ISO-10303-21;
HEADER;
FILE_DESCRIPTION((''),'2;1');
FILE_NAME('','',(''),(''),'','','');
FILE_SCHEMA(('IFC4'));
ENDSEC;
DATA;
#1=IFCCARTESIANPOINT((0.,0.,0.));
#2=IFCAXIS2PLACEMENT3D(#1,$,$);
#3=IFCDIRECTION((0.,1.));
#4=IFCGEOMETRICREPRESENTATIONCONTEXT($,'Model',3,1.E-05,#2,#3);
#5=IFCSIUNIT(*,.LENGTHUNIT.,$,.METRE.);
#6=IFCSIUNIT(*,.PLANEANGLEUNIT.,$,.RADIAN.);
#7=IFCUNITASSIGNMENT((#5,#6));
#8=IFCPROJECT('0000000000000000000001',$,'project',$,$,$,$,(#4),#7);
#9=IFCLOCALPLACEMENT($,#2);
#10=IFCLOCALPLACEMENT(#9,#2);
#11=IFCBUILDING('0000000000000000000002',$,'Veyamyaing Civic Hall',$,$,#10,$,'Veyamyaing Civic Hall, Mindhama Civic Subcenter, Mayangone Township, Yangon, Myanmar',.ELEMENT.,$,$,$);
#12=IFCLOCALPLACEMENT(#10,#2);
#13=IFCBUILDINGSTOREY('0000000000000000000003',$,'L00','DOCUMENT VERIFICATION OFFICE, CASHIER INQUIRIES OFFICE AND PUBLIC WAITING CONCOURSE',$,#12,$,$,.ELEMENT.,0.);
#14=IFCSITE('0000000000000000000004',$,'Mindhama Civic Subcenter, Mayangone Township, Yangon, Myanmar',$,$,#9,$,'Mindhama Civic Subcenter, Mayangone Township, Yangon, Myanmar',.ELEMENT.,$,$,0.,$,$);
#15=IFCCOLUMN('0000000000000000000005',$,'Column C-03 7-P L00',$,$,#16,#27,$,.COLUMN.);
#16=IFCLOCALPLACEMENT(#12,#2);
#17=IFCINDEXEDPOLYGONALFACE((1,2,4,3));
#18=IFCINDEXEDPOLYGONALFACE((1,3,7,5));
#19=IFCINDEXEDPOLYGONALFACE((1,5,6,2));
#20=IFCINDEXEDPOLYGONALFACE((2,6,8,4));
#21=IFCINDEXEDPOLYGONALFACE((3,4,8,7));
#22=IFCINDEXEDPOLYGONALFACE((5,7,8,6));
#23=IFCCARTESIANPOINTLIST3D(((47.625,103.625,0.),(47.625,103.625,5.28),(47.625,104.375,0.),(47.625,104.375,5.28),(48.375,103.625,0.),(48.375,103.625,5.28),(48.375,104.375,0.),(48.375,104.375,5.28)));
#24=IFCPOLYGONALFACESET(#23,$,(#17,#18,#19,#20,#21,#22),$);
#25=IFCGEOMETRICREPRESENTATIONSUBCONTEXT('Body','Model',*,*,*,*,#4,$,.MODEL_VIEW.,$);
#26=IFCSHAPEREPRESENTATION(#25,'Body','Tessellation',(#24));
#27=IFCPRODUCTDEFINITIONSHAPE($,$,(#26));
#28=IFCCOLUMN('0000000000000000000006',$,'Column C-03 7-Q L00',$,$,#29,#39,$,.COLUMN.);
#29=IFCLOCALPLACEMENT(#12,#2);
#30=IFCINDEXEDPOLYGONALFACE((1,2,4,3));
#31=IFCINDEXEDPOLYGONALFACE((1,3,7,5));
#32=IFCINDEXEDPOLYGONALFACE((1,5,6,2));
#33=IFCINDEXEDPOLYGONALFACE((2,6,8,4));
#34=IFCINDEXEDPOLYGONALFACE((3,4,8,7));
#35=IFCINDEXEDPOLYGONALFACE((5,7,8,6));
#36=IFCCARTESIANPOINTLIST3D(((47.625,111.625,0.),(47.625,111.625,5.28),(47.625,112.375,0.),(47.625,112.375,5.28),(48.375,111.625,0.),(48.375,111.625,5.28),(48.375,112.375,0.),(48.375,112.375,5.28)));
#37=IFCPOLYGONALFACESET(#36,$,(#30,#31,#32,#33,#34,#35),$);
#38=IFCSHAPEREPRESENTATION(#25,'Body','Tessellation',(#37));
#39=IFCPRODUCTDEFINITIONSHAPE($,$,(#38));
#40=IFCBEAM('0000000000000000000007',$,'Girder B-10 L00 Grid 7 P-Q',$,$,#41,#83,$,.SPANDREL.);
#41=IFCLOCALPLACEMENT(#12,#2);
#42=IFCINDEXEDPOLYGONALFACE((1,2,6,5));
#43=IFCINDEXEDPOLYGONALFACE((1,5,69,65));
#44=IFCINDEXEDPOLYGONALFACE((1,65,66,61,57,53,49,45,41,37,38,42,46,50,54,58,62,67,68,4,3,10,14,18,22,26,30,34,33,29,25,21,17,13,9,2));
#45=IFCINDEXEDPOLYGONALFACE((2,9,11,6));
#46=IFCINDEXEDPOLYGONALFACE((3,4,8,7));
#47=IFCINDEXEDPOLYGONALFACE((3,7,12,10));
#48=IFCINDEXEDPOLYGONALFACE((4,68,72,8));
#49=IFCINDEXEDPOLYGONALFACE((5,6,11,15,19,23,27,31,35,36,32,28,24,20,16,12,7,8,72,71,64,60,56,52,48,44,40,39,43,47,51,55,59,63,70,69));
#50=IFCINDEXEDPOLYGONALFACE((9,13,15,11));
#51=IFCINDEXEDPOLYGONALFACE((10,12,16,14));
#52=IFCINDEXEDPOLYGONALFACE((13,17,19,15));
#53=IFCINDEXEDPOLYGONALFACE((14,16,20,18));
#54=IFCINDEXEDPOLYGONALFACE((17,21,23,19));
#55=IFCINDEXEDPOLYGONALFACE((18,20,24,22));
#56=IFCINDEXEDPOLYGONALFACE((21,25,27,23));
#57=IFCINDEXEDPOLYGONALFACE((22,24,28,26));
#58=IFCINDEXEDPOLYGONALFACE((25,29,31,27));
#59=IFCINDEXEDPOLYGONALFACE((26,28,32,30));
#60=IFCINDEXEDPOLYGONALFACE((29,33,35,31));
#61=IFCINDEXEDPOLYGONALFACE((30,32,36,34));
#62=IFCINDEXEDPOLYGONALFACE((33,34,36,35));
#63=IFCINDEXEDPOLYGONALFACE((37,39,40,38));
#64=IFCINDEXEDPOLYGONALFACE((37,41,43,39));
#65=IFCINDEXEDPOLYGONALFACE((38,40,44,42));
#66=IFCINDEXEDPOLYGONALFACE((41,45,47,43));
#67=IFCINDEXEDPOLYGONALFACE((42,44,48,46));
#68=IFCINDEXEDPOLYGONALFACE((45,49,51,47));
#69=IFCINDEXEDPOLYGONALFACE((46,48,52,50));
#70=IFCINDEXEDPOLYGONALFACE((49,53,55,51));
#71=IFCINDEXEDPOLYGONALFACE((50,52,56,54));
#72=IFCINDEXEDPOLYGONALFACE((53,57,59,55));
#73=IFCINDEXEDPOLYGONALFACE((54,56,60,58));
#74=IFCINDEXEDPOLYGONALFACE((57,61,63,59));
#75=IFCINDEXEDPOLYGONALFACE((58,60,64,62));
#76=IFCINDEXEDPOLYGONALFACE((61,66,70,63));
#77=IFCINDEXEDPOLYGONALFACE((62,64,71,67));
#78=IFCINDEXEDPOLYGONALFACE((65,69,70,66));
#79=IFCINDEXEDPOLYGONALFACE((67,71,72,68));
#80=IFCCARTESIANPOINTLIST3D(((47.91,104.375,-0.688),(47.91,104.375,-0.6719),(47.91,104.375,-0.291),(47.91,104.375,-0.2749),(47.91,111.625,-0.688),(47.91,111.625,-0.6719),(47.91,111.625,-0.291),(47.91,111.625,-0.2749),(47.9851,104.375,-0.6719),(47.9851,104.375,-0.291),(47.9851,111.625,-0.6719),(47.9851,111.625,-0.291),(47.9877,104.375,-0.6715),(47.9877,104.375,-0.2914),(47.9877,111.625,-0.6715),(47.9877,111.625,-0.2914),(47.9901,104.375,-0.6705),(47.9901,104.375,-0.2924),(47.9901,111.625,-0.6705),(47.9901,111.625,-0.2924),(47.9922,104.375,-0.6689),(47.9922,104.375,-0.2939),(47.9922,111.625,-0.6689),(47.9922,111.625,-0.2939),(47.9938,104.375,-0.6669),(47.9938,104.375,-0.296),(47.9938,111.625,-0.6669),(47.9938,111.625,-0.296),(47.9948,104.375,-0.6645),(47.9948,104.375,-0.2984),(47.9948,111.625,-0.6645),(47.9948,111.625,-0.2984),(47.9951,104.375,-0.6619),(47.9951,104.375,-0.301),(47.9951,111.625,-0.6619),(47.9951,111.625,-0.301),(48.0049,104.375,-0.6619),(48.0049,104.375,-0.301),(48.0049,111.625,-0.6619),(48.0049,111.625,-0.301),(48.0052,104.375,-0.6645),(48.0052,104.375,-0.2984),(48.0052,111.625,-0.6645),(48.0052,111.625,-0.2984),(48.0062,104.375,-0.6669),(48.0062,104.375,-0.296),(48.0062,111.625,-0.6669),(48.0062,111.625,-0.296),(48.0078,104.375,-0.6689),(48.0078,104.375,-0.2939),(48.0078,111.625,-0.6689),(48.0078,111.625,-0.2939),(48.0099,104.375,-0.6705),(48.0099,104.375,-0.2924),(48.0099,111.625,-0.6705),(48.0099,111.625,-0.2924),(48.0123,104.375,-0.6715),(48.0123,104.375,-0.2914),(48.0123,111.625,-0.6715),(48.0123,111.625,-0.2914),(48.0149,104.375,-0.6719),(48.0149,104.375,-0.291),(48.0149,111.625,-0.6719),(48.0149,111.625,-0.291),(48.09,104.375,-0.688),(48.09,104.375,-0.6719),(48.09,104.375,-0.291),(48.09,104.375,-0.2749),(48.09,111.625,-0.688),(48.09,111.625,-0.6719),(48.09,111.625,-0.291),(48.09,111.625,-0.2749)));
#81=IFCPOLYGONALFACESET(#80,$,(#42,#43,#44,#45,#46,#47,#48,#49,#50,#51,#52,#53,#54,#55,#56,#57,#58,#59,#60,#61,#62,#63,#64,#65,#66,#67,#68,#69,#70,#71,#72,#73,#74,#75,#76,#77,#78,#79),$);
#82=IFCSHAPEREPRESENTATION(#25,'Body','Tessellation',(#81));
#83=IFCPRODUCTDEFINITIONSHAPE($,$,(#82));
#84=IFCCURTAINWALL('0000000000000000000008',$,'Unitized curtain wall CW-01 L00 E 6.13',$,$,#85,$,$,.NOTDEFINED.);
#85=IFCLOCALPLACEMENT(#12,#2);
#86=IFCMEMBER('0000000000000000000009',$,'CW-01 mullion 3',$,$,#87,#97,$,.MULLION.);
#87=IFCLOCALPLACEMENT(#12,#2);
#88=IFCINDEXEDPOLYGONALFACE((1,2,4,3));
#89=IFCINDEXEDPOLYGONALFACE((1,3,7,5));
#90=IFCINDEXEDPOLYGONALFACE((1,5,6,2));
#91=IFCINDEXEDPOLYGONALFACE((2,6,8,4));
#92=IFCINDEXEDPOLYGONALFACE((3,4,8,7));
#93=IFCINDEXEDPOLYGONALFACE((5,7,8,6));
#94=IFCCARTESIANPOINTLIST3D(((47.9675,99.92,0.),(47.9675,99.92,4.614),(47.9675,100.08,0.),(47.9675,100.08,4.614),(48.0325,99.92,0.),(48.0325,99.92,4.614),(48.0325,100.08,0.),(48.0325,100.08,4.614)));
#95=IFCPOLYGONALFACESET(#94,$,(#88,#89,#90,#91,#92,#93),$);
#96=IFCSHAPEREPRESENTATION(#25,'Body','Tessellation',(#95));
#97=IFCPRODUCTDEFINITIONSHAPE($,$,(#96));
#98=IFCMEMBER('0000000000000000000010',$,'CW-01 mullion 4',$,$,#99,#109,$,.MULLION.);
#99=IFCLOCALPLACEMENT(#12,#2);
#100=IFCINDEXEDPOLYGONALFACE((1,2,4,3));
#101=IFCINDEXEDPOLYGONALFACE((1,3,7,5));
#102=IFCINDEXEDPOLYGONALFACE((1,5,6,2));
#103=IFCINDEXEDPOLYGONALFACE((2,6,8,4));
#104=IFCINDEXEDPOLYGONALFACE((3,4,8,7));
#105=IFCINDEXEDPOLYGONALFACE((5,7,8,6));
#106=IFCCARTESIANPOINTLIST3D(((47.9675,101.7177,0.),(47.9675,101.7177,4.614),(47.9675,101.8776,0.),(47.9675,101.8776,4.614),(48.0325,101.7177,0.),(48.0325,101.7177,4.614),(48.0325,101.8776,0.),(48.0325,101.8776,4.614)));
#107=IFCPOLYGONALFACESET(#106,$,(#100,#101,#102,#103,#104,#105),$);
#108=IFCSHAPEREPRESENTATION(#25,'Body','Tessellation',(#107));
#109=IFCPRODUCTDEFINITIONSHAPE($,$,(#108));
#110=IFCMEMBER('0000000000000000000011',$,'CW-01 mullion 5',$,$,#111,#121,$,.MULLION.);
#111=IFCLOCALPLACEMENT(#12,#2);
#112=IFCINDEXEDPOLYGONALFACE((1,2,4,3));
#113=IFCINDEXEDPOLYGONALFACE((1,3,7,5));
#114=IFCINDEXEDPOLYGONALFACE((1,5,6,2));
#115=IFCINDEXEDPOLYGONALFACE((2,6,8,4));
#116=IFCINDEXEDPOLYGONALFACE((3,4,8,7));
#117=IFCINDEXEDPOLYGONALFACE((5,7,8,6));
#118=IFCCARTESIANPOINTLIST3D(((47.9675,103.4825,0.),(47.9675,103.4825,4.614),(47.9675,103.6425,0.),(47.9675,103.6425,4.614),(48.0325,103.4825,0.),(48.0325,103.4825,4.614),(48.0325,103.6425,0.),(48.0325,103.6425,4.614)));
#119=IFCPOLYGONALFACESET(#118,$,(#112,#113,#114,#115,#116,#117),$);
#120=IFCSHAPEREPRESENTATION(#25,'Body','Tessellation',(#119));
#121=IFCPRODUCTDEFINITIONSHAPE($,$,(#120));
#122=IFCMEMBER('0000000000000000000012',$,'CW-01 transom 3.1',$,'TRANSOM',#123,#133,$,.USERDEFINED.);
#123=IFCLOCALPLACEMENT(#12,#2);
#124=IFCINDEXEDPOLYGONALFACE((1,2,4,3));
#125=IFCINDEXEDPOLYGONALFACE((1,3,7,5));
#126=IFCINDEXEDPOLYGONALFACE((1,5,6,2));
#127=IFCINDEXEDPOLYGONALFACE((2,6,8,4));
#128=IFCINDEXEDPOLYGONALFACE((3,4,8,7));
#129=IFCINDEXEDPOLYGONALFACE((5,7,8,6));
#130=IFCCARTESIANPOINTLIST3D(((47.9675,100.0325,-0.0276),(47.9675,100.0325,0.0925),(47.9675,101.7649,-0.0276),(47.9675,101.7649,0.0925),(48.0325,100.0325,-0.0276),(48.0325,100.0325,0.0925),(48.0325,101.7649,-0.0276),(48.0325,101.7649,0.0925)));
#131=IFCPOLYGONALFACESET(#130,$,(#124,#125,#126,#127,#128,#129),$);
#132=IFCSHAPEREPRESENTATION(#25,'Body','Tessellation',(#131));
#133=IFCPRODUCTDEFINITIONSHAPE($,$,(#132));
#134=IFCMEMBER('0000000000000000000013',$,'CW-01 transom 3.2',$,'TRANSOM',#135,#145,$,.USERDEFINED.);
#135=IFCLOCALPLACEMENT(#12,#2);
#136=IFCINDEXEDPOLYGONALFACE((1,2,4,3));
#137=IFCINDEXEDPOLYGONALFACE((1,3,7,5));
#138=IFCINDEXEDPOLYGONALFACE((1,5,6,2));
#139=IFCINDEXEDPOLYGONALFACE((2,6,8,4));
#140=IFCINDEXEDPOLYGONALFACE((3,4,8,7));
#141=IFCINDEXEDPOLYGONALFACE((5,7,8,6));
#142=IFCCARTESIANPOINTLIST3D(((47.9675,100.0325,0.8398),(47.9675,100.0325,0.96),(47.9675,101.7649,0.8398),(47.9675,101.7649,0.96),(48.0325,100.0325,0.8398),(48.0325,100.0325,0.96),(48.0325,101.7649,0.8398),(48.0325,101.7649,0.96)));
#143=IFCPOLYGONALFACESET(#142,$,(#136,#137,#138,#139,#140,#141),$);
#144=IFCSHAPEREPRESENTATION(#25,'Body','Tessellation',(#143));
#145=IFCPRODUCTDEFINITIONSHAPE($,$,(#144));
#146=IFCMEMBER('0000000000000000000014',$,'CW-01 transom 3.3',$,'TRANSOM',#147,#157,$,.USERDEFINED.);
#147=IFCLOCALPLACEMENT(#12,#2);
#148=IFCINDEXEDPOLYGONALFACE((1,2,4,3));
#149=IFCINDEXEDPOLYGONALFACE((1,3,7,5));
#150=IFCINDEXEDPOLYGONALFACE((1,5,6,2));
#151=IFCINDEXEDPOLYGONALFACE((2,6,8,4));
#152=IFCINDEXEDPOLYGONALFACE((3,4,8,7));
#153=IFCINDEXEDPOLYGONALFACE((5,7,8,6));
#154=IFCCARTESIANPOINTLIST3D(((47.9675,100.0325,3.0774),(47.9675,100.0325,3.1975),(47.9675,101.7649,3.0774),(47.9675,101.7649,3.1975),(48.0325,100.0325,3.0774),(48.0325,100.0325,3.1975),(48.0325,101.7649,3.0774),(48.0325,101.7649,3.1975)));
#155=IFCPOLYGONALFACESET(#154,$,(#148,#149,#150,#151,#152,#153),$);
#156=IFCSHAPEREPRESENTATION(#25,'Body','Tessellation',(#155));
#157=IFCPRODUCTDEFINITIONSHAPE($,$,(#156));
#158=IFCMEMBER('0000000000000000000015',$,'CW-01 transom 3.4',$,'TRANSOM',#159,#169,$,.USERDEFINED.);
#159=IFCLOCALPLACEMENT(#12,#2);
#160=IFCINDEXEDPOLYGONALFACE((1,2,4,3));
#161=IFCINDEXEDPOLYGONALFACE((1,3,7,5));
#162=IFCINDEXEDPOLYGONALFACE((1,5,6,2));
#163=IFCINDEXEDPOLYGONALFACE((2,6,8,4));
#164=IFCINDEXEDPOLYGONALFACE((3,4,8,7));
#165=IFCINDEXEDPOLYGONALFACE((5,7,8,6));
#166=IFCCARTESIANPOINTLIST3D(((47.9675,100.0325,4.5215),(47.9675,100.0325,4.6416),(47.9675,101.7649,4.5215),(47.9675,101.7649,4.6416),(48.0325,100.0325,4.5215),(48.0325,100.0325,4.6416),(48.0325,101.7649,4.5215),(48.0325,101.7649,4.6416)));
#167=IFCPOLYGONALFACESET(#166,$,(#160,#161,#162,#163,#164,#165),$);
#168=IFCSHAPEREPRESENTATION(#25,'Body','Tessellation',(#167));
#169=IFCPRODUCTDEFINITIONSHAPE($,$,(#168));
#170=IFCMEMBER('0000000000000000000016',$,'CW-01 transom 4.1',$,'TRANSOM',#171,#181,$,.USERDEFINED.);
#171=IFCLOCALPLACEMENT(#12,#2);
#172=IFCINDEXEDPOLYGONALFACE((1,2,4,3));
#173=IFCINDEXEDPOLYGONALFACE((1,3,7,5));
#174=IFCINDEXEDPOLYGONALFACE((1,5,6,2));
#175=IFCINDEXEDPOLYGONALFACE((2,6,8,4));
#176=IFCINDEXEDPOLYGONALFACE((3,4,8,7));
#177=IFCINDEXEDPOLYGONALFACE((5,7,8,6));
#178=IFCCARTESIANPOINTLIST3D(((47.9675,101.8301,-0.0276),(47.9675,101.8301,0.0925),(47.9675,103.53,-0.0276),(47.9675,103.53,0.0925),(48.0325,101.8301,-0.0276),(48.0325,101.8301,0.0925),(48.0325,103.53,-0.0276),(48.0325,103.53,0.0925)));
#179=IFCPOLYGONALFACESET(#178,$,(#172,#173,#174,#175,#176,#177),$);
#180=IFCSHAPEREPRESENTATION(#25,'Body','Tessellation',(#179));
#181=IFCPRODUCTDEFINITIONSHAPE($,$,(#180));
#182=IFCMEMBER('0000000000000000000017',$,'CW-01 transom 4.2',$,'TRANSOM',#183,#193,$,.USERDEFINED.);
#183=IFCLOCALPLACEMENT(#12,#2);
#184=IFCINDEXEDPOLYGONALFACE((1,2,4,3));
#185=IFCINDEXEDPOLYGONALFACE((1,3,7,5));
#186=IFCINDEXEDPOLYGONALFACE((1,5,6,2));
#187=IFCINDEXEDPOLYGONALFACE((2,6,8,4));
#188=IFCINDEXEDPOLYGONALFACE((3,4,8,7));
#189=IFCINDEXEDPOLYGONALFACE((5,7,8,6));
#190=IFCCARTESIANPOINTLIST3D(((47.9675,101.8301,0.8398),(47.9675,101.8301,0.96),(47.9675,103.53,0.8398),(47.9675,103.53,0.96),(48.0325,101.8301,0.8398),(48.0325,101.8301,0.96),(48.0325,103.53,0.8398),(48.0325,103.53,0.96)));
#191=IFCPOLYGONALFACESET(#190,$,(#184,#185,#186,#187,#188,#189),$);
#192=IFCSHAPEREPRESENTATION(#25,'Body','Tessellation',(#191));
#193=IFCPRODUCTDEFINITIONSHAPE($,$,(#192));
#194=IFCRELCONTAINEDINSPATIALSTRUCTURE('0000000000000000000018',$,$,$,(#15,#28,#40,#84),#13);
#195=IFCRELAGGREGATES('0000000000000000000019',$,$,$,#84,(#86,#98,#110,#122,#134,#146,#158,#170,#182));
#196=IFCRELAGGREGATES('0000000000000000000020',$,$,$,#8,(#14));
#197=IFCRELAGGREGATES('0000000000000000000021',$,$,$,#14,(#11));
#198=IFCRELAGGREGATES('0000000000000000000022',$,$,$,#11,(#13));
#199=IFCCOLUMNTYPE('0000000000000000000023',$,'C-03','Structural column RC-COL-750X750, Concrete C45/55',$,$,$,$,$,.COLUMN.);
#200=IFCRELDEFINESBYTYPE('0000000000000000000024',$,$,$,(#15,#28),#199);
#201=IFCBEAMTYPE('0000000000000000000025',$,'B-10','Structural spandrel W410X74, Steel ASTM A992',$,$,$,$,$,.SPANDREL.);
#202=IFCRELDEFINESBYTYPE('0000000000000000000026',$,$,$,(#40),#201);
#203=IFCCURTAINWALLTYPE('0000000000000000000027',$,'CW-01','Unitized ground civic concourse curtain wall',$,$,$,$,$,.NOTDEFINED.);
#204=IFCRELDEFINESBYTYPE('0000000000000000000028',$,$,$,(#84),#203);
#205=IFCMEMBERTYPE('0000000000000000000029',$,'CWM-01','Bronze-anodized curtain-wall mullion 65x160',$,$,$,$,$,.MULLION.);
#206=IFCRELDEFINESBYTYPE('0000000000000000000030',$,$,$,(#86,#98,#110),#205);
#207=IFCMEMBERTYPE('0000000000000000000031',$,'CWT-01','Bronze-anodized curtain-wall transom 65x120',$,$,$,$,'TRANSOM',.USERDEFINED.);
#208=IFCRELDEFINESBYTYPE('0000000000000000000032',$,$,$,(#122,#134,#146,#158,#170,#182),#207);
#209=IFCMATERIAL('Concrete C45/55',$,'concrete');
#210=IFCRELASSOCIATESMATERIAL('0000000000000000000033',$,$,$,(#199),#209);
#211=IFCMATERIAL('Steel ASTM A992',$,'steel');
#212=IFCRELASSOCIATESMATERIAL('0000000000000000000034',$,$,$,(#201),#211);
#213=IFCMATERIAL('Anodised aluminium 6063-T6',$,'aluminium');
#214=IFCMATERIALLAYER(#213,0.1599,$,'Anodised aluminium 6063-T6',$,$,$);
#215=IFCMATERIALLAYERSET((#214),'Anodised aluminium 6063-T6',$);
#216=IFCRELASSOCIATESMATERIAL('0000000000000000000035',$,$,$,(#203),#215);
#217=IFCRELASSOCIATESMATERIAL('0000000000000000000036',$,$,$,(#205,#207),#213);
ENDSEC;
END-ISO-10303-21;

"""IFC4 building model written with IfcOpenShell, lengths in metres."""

from ifc_helpers import new_model, si_unit, direction, frame, origin, origin_2d, place, context, subcontext, project, spatial, rectangle, i_section, extrude, material, layer, layer_set, material_profile, profile_set, type_object, element, aggregate, save


model = new_model("IFC4")

# Units and contexts
model_context = context("Model", 3, precision=1e-05, world=origin(), true_north=direction((0.0, 1.0)))
body_context = subcontext(model_context, "Body", "Model", "MODEL_VIEW")
ifc_project = project(units=[si_unit("LENGTHUNIT", "METRE"), si_unit("PLANEANGLEUNIT", "RADIAN")], contexts=[model_context])

# Site, building, storey
site_placement = place(None, origin())
site = spatial("IfcSite", under=ifc_project, at=site_placement, Name="Mindhama Civic Subcenter, Mayangone Township, Yangon, Myanmar", LongName="Mindhama Civic Subcenter, Mayangone Township, Yangon, Myanmar", CompositionType="ELEMENT", RefElevation=0.0)
building_placement = place(site_placement, origin())
building = spatial("IfcBuilding", under=site, at=building_placement, Name="Veyamyaing Civic Hall", LongName="Veyamyaing Civic Hall, Mindhama Civic Subcenter, Mayangone Township, Yangon, Myanmar", CompositionType="ELEMENT")
storey_placement = place(building_placement, origin())
storey = spatial("IfcBuildingStorey", under=building, at=storey_placement, Name="L00", Description="DOCUMENT VERIFICATION OFFICE, CASHIER INQUIRIES OFFICE AND PUBLIC WAITING CONCOURSE", CompositionType="ELEMENT", Elevation=0.0)

# Columns
ifc_material_1 = material(Name="Concrete C45/55", Category="concrete")
ifc_material_profile_1 = material_profile(ifc_material_1, rectangle(XDim=0.75, YDim=0.75, at=origin_2d()), Name="RC-COL-750X750")
ifc_profile_set_1 = profile_set([ifc_material_profile_1], Name="Concrete C45/55")
column_type = type_object("IfcColumnType", Name="C-03", Description="Structural column RC-COL-750X750, Concrete C45/55", PredefinedType="COLUMN", material=ifc_profile_set_1)
for number, where, z_axis, x_axis, name in (
    (1, (48.0, 104.0, 0.0), (0.0, 0.0, 1.0), (1.0, 0.0, 0.0), "Column C-03 7-P L00"),
    (2, (48.0, 112.0, 0.0), (0.0, 0.0, 1.0), (1.0, 0.0, 0.0), "Column C-03 7-Q L00"),
):
    element("IfcColumn", number, at=place(storey_placement, frame(where, z_axis=z_axis, x_axis=x_axis)), inside=storey, type_object=column_type, Name=name, PredefinedType="COLUMN", context=body_context, shape_type="SweptSolid", body=[
        extrude(rectangle(XDim=0.75, YDim=0.75, at=origin_2d()), origin(), (0.0, 0.0, 1.0), 5.28),
    ])

# Beam
ifc_material_2 = material(Name="Steel ASTM A992", Category="steel")
ifc_material_profile_2 = material_profile(ifc_material_2, i_section(OverallWidth=0.1799, OverallDepth=0.4131, WebThickness=0.0098, FlangeThickness=0.0161, FilletRadius=0.01, at=origin_2d()), Name="W410X74")
ifc_profile_set_2 = profile_set([ifc_material_profile_2], Name="Steel ASTM A992")
beam_type = type_object("IfcBeamType", Name="B-10", Description="Structural spandrel W410X74, Steel ASTM A992", PredefinedType="SPANDREL", material=ifc_profile_set_2)
beam_placement = place(storey_placement, frame((48.0, 104.375, -0.4814), z_axis=(0.0, 1.0, 0.0), x_axis=(-1.0, 0.0, 0.0)))
element("IfcBeam", 3, at=beam_placement, inside=storey, type_object=beam_type, Name="Girder B-10 L00 Grid 7 P-Q", PredefinedType="SPANDREL", context=body_context, shape_type="SweptSolid", body=[
    extrude(i_section(OverallWidth=0.1799, OverallDepth=0.4131, WebThickness=0.0098, FlangeThickness=0.0161, FilletRadius=0.01, at=origin_2d()), origin(), (0.0, 0.0, 1.0), 7.25),
])

# Curtain wall, members
ifc_material_3 = material(Name="Anodised aluminium 6063-T6", Category="aluminium")
ifc_layer_1 = layer(ifc_material_3, 0.1599, Name="Anodised aluminium 6063-T6")
ifc_layer_set_1 = layer_set([ifc_layer_1], Name="Anodised aluminium 6063-T6")
curtain_wall_type = type_object("IfcCurtainWallType", Name="CW-01", Description="Unitized ground civic concourse curtain wall", PredefinedType="NOTDEFINED", material=ifc_layer_set_1)
curtain_wall_placement = place(storey_placement, origin())
curtain_wall = element("IfcCurtainWall", 4, at=curtain_wall_placement, inside=storey, type_object=curtain_wall_type, Name="Unitized curtain wall CW-01 L00 E 6.13", PredefinedType="NOTDEFINED")
ifc_material_profile_3 = material_profile(ifc_material_3, rectangle(XDim=0.0649, YDim=0.1599, at=origin_2d()), Name="ALU-MUL-65X160")
ifc_profile_set_3 = profile_set([ifc_material_profile_3], Name="Anodised aluminium 6063-T6")
member_type_1 = type_object("IfcMemberType", Name="CWM-01", Description="Bronze-anodized curtain-wall mullion 65x160", PredefinedType="MULLION", material=ifc_profile_set_3)
member_1_placement = place(storey_placement, frame((48.0, 100.0, 0.0), z_axis=(0.0, 0.0, 1.0), x_axis=(-1.0, 0.0, 0.0)))
member_1 = element("IfcMember", 5, at=member_1_placement, type_object=member_type_1, Name="CW-01 mullion 3", PredefinedType="MULLION", context=body_context, shape_type="SweptSolid", body=[
    extrude(rectangle(XDim=0.0649, YDim=0.1599, at=origin_2d()), origin(), (0.0, 0.0, 1.0), 4.614),
])
member_2_placement = place(storey_placement, frame((48.0, 101.7976, 0.0), z_axis=(0.0, 0.0, 1.0), x_axis=(-1.0, 0.0, 0.0)))
member_2 = element("IfcMember", 6, at=member_2_placement, type_object=member_type_1, Name="CW-01 mullion 4", PredefinedType="MULLION", context=body_context, shape_type="SweptSolid", body=[
    extrude(rectangle(XDim=0.0649, YDim=0.1599, at=origin_2d()), origin(), (0.0, 0.0, 1.0), 4.614),
])
member_3_placement = place(storey_placement, frame((48.0, 103.5625, 0.0), z_axis=(0.0, 0.0, 1.0), x_axis=(-1.0, 0.0, 0.0)))
member_3 = element("IfcMember", 7, at=member_3_placement, type_object=member_type_1, Name="CW-01 mullion 5", PredefinedType="MULLION", context=body_context, shape_type="SweptSolid", body=[
    extrude(rectangle(XDim=0.0649, YDim=0.1599, at=origin_2d()), origin(), (0.0, 0.0, 1.0), 4.614),
])
ifc_material_profile_4 = material_profile(ifc_material_3, rectangle(XDim=0.0649, YDim=0.1201, at=origin_2d()), Name="ALU-TRN-65X120")
ifc_profile_set_4 = profile_set([ifc_material_profile_4], Name="Anodised aluminium 6063-T6")
member_type_2 = type_object("IfcMemberType", Name="CWT-01", Description="Bronze-anodized curtain-wall transom 65x120", ElementType="TRANSOM", PredefinedType="USERDEFINED", material=ifc_profile_set_4)
member_4_placement = place(storey_placement, frame((48.0, 100.0325, 0.0325), z_axis=(0.0, 1.0, 0.0), x_axis=(-1.0, 0.0, 0.0)))
member_4 = element("IfcMember", 8, at=member_4_placement, type_object=member_type_2, Name="CW-01 transom 3.1", ObjectType="TRANSOM", PredefinedType="USERDEFINED", context=body_context, shape_type="SweptSolid", body=[
    extrude(rectangle(XDim=0.0649, YDim=0.1201, at=origin_2d()), origin(), (0.0, 0.0, 1.0), 1.7324),
])
member_5_placement = place(storey_placement, frame((48.0, 100.0325, 0.8999), z_axis=(0.0, 1.0, 0.0), x_axis=(-1.0, 0.0, 0.0)))
member_5 = element("IfcMember", 9, at=member_5_placement, type_object=member_type_2, Name="CW-01 transom 3.2", ObjectType="TRANSOM", PredefinedType="USERDEFINED", context=body_context, shape_type="SweptSolid", body=[
    extrude(rectangle(XDim=0.0649, YDim=0.1201, at=origin_2d()), origin(), (0.0, 0.0, 1.0), 1.7324),
])
member_6_placement = place(storey_placement, frame((48.0, 100.0325, 3.1375), z_axis=(0.0, 1.0, 0.0), x_axis=(-1.0, 0.0, 0.0)))
member_6 = element("IfcMember", 10, at=member_6_placement, type_object=member_type_2, Name="CW-01 transom 3.3", ObjectType="TRANSOM", PredefinedType="USERDEFINED", context=body_context, shape_type="SweptSolid", body=[
    extrude(rectangle(XDim=0.0649, YDim=0.1201, at=origin_2d()), origin(), (0.0, 0.0, 1.0), 1.7324),
])
member_7_placement = place(storey_placement, frame((48.0, 100.0325, 4.5815), z_axis=(0.0, 1.0, 0.0), x_axis=(-1.0, 0.0, 0.0)))
member_7 = element("IfcMember", 11, at=member_7_placement, type_object=member_type_2, Name="CW-01 transom 3.4", ObjectType="TRANSOM", PredefinedType="USERDEFINED", context=body_context, shape_type="SweptSolid", body=[
    extrude(rectangle(XDim=0.0649, YDim=0.1201, at=origin_2d()), origin(), (0.0, 0.0, 1.0), 1.7324),
])
member_8_placement = place(storey_placement, frame((48.0, 101.8301, 0.0325), z_axis=(0.0, 1.0, 0.0), x_axis=(-1.0, 0.0, 0.0)))
member_8 = element("IfcMember", 12, at=member_8_placement, type_object=member_type_2, Name="CW-01 transom 4.1", ObjectType="TRANSOM", PredefinedType="USERDEFINED", context=body_context, shape_type="SweptSolid", body=[
    extrude(rectangle(XDim=0.0649, YDim=0.1201, at=origin_2d()), origin(), (0.0, 0.0, 1.0), 1.7),
])
member_9_placement = place(storey_placement, frame((48.0, 101.8301, 0.8999), z_axis=(0.0, 1.0, 0.0), x_axis=(-1.0, 0.0, 0.0)))
member_9 = element("IfcMember", 13, at=member_9_placement, type_object=member_type_2, Name="CW-01 transom 4.2", ObjectType="TRANSOM", PredefinedType="USERDEFINED", context=body_context, shape_type="SweptSolid", body=[
    extrude(rectangle(XDim=0.0649, YDim=0.1201, at=origin_2d()), origin(), (0.0, 0.0, 1.0), 1.7),
])
aggregate(curtain_wall, [member_1, member_2, member_3, member_4, member_5, member_6, member_7, member_8, member_9])

save(model, "model.ifc")
